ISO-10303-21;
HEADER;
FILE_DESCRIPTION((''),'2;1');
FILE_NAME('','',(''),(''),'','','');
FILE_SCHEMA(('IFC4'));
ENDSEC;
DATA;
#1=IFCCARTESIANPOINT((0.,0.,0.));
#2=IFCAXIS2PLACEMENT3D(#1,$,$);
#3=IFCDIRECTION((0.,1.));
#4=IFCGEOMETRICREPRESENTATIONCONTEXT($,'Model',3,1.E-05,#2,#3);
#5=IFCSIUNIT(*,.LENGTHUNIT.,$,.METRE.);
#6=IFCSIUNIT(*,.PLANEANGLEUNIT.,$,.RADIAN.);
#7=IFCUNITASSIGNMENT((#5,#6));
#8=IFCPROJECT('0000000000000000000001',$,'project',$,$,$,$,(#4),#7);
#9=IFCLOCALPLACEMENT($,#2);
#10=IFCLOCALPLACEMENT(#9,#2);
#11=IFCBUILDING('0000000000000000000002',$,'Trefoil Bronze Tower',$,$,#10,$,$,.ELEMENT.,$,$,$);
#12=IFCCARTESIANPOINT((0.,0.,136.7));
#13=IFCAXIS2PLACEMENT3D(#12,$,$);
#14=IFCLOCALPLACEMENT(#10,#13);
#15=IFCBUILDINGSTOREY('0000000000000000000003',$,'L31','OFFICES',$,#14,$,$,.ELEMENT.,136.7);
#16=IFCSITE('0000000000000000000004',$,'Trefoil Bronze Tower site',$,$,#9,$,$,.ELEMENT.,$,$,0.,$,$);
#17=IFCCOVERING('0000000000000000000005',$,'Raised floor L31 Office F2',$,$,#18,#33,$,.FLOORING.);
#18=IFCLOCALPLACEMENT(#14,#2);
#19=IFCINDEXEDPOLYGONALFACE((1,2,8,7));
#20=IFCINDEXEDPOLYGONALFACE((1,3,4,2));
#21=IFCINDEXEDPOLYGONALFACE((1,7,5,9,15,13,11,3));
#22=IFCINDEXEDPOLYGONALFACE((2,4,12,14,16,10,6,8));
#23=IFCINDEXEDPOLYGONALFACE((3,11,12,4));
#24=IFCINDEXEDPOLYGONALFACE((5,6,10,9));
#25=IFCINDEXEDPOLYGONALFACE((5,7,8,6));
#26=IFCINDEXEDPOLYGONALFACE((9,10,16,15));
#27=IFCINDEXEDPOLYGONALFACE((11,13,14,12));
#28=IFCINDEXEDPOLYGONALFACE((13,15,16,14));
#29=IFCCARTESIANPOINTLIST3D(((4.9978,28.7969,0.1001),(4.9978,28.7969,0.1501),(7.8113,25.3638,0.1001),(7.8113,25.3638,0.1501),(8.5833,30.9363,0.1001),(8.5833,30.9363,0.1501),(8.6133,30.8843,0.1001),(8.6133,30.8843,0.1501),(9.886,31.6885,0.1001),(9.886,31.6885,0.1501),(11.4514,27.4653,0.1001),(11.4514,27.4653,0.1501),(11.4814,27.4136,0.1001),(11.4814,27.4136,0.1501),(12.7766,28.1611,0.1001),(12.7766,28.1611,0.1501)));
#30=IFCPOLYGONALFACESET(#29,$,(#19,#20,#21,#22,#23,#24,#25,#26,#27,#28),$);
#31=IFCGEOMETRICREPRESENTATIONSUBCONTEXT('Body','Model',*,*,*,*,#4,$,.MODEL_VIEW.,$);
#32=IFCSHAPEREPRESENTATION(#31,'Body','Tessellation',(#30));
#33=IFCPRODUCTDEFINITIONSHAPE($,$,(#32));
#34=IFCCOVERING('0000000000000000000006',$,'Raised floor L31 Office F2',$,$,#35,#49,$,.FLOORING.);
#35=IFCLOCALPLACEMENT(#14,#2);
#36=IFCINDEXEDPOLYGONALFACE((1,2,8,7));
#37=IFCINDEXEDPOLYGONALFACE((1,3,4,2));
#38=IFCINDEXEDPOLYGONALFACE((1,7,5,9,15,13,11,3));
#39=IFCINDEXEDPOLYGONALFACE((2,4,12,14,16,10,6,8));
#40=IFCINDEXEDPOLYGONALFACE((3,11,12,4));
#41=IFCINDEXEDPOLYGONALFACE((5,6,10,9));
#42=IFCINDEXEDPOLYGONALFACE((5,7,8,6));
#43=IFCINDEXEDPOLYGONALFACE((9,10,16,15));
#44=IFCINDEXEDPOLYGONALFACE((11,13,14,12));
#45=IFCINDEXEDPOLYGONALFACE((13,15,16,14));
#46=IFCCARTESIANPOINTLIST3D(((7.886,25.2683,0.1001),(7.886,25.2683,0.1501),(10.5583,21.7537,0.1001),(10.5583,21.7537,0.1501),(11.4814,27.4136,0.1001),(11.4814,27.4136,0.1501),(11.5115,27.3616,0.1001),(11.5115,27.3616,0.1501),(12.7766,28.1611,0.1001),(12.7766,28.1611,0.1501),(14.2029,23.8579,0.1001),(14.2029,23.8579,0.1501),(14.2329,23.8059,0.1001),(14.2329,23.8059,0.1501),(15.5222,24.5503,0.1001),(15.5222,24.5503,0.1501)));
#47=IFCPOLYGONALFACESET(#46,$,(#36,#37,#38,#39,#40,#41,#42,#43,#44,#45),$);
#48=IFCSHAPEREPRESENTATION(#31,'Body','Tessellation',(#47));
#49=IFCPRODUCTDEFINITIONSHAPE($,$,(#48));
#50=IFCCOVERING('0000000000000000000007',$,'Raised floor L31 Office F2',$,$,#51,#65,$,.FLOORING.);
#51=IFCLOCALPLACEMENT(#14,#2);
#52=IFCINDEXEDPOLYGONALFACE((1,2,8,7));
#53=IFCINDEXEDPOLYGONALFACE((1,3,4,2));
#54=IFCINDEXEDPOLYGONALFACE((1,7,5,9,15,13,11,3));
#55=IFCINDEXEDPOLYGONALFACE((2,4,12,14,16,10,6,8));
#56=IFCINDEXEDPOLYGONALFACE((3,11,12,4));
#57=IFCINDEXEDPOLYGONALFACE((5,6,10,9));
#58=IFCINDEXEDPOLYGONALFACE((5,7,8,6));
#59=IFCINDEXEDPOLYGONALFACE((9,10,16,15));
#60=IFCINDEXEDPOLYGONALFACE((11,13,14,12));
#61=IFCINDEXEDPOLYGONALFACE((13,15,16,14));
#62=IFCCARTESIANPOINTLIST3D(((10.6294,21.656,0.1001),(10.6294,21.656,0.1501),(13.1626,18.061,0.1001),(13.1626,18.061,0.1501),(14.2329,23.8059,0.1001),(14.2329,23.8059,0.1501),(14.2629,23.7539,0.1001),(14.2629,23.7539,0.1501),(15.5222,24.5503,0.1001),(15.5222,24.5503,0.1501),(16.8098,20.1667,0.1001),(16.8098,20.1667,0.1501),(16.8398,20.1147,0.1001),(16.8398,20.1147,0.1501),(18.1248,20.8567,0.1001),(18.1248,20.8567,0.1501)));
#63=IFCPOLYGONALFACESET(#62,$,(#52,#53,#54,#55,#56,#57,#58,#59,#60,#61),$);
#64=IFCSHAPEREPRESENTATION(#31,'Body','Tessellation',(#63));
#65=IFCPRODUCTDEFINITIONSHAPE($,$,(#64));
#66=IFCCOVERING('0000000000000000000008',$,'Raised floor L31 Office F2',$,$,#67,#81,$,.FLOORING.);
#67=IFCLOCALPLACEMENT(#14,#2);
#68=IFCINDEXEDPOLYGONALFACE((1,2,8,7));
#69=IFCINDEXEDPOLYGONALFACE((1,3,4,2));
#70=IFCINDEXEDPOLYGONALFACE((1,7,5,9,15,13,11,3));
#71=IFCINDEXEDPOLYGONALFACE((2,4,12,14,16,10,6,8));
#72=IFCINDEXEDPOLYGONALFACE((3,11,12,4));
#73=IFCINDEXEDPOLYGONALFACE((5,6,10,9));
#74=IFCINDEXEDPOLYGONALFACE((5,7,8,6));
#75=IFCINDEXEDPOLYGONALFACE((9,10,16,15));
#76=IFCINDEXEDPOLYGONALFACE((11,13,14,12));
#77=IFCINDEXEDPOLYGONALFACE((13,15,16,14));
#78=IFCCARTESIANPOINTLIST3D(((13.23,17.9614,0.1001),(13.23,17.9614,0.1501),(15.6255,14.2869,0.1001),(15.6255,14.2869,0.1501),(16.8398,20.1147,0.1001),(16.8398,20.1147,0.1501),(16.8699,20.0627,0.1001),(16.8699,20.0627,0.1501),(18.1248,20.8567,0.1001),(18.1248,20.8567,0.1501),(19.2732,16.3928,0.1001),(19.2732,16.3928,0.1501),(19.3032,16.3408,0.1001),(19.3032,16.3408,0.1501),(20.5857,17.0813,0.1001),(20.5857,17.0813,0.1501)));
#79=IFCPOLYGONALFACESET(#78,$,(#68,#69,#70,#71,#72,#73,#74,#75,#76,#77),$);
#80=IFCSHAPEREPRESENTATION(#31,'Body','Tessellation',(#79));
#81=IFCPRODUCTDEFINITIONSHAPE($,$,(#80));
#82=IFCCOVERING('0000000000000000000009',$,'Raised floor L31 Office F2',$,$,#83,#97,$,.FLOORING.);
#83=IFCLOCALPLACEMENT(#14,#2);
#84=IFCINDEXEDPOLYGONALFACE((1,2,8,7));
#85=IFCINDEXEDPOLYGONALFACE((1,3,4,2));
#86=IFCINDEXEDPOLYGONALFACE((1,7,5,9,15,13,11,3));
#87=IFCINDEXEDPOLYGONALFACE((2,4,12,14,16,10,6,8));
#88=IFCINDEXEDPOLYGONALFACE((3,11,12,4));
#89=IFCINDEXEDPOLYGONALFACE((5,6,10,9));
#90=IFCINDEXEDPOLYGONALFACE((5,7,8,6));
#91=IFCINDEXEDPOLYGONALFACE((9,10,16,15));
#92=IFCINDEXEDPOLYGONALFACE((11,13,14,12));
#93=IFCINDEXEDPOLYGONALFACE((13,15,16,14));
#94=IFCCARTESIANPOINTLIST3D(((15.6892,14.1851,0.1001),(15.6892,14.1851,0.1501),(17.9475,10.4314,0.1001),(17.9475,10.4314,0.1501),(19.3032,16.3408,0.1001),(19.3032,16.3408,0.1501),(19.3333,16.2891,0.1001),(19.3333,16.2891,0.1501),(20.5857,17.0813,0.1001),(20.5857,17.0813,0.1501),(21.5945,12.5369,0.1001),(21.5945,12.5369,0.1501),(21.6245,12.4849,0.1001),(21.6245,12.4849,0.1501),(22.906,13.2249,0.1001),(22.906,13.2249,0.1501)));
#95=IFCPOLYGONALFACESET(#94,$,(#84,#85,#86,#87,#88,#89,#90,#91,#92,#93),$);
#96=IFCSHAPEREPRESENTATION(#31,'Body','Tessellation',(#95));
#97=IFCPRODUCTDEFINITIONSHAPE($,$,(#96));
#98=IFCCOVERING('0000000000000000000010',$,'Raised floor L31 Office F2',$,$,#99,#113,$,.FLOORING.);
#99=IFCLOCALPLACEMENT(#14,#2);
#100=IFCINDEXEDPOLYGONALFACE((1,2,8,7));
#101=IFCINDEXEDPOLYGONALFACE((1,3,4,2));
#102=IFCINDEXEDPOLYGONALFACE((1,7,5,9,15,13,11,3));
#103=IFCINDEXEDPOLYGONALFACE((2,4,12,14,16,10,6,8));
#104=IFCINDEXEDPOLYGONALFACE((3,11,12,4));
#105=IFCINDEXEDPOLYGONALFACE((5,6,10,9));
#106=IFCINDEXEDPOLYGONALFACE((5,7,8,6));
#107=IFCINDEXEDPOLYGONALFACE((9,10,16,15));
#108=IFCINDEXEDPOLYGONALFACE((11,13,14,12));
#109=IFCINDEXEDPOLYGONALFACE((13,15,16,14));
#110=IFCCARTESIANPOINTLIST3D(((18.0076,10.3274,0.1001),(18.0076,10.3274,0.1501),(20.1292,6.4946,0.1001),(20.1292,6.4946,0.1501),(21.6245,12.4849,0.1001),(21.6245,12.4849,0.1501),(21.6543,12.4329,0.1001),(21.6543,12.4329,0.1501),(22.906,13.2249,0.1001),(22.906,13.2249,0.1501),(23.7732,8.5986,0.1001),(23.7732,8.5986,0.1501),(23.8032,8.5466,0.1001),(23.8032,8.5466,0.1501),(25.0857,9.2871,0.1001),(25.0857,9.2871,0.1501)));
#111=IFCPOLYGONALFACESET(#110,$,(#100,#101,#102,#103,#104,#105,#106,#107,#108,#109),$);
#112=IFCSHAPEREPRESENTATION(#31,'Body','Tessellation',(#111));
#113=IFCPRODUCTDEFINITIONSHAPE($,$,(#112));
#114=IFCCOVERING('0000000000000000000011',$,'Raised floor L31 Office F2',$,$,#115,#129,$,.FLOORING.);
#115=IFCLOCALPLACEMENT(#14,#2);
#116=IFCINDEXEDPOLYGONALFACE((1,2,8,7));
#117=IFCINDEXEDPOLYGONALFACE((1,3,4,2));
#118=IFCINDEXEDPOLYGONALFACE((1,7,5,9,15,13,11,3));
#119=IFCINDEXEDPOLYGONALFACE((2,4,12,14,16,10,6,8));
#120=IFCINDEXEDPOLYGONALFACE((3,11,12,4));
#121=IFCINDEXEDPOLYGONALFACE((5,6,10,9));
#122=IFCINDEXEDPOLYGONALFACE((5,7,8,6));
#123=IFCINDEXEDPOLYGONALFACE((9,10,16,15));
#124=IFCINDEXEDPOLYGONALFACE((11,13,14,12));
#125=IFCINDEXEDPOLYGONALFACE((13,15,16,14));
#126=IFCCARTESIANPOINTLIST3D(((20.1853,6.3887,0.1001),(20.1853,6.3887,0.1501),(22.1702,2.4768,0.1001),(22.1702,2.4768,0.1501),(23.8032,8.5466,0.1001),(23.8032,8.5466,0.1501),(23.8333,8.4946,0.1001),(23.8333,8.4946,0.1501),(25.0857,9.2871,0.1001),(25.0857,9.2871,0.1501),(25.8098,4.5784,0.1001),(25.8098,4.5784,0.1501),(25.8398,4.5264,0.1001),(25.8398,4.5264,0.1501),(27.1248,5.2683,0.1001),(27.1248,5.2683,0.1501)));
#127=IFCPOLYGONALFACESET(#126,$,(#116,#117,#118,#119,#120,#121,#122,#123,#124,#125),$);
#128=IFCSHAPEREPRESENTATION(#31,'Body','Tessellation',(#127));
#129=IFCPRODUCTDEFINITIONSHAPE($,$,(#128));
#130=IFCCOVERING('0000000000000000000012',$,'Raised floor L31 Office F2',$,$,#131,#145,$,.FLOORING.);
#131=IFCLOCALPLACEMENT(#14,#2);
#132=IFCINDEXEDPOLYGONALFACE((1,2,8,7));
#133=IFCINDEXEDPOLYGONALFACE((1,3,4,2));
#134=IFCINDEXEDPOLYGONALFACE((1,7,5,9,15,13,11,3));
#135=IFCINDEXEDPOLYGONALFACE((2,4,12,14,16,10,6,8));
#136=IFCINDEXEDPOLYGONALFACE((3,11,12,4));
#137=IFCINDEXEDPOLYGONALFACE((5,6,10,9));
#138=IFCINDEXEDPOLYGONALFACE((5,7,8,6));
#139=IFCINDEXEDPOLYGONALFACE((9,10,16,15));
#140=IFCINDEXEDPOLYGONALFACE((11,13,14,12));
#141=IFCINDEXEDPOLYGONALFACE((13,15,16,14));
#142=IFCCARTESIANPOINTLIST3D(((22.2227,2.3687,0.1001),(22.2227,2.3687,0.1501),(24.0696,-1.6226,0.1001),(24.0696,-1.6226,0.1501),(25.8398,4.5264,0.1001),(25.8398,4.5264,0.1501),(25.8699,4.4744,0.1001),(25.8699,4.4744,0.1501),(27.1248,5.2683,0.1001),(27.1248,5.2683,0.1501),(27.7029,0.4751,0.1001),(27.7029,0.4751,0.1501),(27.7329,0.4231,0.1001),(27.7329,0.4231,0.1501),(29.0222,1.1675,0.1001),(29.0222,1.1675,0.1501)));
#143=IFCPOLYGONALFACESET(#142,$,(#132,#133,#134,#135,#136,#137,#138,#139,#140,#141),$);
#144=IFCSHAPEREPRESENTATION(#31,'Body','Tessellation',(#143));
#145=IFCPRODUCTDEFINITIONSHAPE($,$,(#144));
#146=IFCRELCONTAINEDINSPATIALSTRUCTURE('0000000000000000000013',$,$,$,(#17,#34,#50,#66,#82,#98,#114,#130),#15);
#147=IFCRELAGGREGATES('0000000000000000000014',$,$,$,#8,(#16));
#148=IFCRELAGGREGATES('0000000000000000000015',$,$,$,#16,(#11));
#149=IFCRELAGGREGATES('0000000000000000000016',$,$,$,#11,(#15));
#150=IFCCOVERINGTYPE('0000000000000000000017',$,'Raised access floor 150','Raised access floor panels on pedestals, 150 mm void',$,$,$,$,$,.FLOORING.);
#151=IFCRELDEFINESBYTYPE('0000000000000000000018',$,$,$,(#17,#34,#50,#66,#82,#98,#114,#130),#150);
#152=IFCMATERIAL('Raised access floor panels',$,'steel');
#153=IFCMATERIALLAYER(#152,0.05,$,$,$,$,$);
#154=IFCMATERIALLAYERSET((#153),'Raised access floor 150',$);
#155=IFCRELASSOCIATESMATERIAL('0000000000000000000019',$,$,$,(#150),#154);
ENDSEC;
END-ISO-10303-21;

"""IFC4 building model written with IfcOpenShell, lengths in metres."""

from ifc_helpers import new_model, si_unit, direction, frame, origin, place, context, subcontext, project, spatial, polyline, outline, extrude, material, layer, layer_set, type_object, element, save


model = new_model("IFC4")

# Units and contexts
model_context = context("Model", 3, precision=1e-05, world=origin(), true_north=direction((0.0, 1.0)))
body_context = subcontext(model_context, "Body", "Model", "MODEL_VIEW")
ifc_project = project(units=[si_unit("LENGTHUNIT", "METRE"), si_unit("PLANEANGLEUNIT", "RADIAN")], contexts=[model_context])

# Site, building, storey
site_placement = place(None, origin())
site = spatial("IfcSite", under=ifc_project, at=site_placement, Name="Trefoil Bronze Tower site", CompositionType="ELEMENT", RefElevation=0.0)
building_placement = place(site_placement, origin())
building = spatial("IfcBuilding", under=site, at=building_placement, Name="Trefoil Bronze Tower", CompositionType="ELEMENT")
storey_placement = place(building_placement, frame((0.0, 0.0, 136.7)))
storey = spatial("IfcBuildingStorey", under=building, at=storey_placement, Name="L31", Description="OFFICES", CompositionType="ELEMENT", Elevation=136.7)

# Coverings
ifc_material_1 = material(Name="Raised access floor panels", Category="steel")
ifc_layer_1 = layer(ifc_material_1, 0.05)
ifc_layer_set_1 = layer_set([ifc_layer_1], Name="Raised access floor 150")
covering_type_1 = type_object("IfcCoveringType", Name="Raised access floor 150", Description="Raised access floor panels on pedestals, 150 mm void", PredefinedType="FLOORING", material=ifc_layer_set_1)
covering_1_placement = place(storey_placement, frame((0.0, 0.0, 0.1001)))
element("IfcCovering", 1, at=covering_1_placement, inside=storey, type_object=covering_type_1, Name="Raised floor L31 Office F2", PredefinedType="FLOORING", context=body_context, shape_type="SweptSolid", body=[
    extrude(outline(polyline([(9.886, 31.6885), (12.7766, 28.1611), (11.4814, 27.4136), (11.4514, 27.4653), (7.8113, 25.3638), (4.9978, 28.7969), (8.6133, 30.8843), (8.5833, 30.9363), (9.886, 31.6885)])), origin(), (0.0, 0.0, 1.0), 0.05),
])
covering_2_placement = place(storey_placement, frame((0.0, 0.0, 0.1001)))
element("IfcCovering", 2, at=covering_2_placement, inside=storey, type_object=covering_type_1, Name="Raised floor L31 Office F2", PredefinedType="FLOORING", context=body_context, shape_type="SweptSolid", body=[
    extrude(outline(polyline([(12.7766, 28.1611), (15.5222, 24.5503), (14.2329, 23.8059), (14.2029, 23.8579), (10.5583, 21.7537), (7.886, 25.2683), (11.5115, 27.3616), (11.4814, 27.4136), (12.7766, 28.1611)])), origin(), (0.0, 0.0, 1.0), 0.05),
])
covering_3_placement = place(storey_placement, frame((0.0, 0.0, 0.1001)))
element("IfcCovering", 3, at=covering_3_placement, inside=storey, type_object=covering_type_1, Name="Raised floor L31 Office F2", PredefinedType="FLOORING", context=body_context, shape_type="SweptSolid", body=[
    extrude(outline(polyline([(18.1248, 20.8567), (16.8398, 20.1147), (16.8098, 20.1667), (13.1626, 18.061), (10.6294, 21.656), (14.2629, 23.7539), (14.2329, 23.8059), (15.5222, 24.5503), (18.1248, 20.8567)])), origin(), (0.0, 0.0, 1.0), 0.05),
])
covering_4_placement = place(storey_placement, frame((0.0, 0.0, 0.1001)))
element("IfcCovering", 4, at=covering_4_placement, inside=storey, type_object=covering_type_1, Name="Raised floor L31 Office F2", PredefinedType="FLOORING", context=body_context, shape_type="SweptSolid", body=[
    extrude(outline(polyline([(20.5857, 17.0813), (19.3032, 16.3408), (19.2732, 16.3928), (15.6255, 14.2869), (13.23, 17.9614), (16.8699, 20.0627), (16.8398, 20.1147), (18.1248, 20.8567), (20.5857, 17.0813)])), origin(), (0.0, 0.0, 1.0), 0.05),
])
covering_5_placement = place(storey_placement, frame((0.0, 0.0, 0.1001)))
element("IfcCovering", 5, at=covering_5_placement, inside=storey, type_object=covering_type_1, Name="Raised floor L31 Office F2", PredefinedType="FLOORING", context=body_context, shape_type="SweptSolid", body=[
    extrude(outline(polyline([(20.5857, 17.0813), (22.906, 13.2249), (21.6245, 12.4849), (21.5945, 12.5369), (17.9475, 10.4314), (15.6892, 14.1851), (19.3333, 16.2891), (19.3032, 16.3408), (20.5857, 17.0813)])), origin(), (0.0, 0.0, 1.0), 0.05),
])
covering_6_placement = place(storey_placement, frame((0.0, 0.0, 0.1001)))
element("IfcCovering", 6, at=covering_6_placement, inside=storey, type_object=covering_type_1, Name="Raised floor L31 Office F2", PredefinedType="FLOORING", context=body_context, shape_type="SweptSolid", body=[
    extrude(outline(polyline([(22.906, 13.2249), (25.0857, 9.2871), (23.8032, 8.5466), (23.7732, 8.5986), (20.1292, 6.4946), (18.0076, 10.3274), (21.6543, 12.4329), (21.6245, 12.4849), (22.906, 13.2249)])), origin(), (0.0, 0.0, 1.0), 0.05),
])
covering_7_placement = place(storey_placement, frame((0.0, 0.0, 0.1001)))
element("IfcCovering", 7, at=covering_7_placement, inside=storey, type_object=covering_type_1, Name="Raised floor L31 Office F2", PredefinedType="FLOORING", context=body_context, shape_type="SweptSolid", body=[
    extrude(outline(polyline([(25.0857, 9.2871), (27.1248, 5.2683), (25.8398, 4.5264), (25.8098, 4.5784), (22.1702, 2.4768), (20.1853, 6.3887), (23.8333, 8.4946), (23.8032, 8.5466), (25.0857, 9.2871)])), origin(), (0.0, 0.0, 1.0), 0.05),
])
covering_8_placement = place(storey_placement, frame((0.0, 0.0, 0.1001)))
element("IfcCovering", 8, at=covering_8_placement, inside=storey, type_object=covering_type_1, Name="Raised floor L31 Office F2", PredefinedType="FLOORING", context=body_context, shape_type="SweptSolid", body=[
    extrude(outline(polyline([(27.1248, 5.2683), (29.0222, 1.1675), (27.7329, 0.4231), (27.7029, 0.4751), (24.0696, -1.6226), (22.2227, 2.3687), (25.8699, 4.4744), (25.8398, 4.5264), (27.1248, 5.2683)])), origin(), (0.0, 0.0, 1.0), 0.05),
])

save(model, "model.ifc")
